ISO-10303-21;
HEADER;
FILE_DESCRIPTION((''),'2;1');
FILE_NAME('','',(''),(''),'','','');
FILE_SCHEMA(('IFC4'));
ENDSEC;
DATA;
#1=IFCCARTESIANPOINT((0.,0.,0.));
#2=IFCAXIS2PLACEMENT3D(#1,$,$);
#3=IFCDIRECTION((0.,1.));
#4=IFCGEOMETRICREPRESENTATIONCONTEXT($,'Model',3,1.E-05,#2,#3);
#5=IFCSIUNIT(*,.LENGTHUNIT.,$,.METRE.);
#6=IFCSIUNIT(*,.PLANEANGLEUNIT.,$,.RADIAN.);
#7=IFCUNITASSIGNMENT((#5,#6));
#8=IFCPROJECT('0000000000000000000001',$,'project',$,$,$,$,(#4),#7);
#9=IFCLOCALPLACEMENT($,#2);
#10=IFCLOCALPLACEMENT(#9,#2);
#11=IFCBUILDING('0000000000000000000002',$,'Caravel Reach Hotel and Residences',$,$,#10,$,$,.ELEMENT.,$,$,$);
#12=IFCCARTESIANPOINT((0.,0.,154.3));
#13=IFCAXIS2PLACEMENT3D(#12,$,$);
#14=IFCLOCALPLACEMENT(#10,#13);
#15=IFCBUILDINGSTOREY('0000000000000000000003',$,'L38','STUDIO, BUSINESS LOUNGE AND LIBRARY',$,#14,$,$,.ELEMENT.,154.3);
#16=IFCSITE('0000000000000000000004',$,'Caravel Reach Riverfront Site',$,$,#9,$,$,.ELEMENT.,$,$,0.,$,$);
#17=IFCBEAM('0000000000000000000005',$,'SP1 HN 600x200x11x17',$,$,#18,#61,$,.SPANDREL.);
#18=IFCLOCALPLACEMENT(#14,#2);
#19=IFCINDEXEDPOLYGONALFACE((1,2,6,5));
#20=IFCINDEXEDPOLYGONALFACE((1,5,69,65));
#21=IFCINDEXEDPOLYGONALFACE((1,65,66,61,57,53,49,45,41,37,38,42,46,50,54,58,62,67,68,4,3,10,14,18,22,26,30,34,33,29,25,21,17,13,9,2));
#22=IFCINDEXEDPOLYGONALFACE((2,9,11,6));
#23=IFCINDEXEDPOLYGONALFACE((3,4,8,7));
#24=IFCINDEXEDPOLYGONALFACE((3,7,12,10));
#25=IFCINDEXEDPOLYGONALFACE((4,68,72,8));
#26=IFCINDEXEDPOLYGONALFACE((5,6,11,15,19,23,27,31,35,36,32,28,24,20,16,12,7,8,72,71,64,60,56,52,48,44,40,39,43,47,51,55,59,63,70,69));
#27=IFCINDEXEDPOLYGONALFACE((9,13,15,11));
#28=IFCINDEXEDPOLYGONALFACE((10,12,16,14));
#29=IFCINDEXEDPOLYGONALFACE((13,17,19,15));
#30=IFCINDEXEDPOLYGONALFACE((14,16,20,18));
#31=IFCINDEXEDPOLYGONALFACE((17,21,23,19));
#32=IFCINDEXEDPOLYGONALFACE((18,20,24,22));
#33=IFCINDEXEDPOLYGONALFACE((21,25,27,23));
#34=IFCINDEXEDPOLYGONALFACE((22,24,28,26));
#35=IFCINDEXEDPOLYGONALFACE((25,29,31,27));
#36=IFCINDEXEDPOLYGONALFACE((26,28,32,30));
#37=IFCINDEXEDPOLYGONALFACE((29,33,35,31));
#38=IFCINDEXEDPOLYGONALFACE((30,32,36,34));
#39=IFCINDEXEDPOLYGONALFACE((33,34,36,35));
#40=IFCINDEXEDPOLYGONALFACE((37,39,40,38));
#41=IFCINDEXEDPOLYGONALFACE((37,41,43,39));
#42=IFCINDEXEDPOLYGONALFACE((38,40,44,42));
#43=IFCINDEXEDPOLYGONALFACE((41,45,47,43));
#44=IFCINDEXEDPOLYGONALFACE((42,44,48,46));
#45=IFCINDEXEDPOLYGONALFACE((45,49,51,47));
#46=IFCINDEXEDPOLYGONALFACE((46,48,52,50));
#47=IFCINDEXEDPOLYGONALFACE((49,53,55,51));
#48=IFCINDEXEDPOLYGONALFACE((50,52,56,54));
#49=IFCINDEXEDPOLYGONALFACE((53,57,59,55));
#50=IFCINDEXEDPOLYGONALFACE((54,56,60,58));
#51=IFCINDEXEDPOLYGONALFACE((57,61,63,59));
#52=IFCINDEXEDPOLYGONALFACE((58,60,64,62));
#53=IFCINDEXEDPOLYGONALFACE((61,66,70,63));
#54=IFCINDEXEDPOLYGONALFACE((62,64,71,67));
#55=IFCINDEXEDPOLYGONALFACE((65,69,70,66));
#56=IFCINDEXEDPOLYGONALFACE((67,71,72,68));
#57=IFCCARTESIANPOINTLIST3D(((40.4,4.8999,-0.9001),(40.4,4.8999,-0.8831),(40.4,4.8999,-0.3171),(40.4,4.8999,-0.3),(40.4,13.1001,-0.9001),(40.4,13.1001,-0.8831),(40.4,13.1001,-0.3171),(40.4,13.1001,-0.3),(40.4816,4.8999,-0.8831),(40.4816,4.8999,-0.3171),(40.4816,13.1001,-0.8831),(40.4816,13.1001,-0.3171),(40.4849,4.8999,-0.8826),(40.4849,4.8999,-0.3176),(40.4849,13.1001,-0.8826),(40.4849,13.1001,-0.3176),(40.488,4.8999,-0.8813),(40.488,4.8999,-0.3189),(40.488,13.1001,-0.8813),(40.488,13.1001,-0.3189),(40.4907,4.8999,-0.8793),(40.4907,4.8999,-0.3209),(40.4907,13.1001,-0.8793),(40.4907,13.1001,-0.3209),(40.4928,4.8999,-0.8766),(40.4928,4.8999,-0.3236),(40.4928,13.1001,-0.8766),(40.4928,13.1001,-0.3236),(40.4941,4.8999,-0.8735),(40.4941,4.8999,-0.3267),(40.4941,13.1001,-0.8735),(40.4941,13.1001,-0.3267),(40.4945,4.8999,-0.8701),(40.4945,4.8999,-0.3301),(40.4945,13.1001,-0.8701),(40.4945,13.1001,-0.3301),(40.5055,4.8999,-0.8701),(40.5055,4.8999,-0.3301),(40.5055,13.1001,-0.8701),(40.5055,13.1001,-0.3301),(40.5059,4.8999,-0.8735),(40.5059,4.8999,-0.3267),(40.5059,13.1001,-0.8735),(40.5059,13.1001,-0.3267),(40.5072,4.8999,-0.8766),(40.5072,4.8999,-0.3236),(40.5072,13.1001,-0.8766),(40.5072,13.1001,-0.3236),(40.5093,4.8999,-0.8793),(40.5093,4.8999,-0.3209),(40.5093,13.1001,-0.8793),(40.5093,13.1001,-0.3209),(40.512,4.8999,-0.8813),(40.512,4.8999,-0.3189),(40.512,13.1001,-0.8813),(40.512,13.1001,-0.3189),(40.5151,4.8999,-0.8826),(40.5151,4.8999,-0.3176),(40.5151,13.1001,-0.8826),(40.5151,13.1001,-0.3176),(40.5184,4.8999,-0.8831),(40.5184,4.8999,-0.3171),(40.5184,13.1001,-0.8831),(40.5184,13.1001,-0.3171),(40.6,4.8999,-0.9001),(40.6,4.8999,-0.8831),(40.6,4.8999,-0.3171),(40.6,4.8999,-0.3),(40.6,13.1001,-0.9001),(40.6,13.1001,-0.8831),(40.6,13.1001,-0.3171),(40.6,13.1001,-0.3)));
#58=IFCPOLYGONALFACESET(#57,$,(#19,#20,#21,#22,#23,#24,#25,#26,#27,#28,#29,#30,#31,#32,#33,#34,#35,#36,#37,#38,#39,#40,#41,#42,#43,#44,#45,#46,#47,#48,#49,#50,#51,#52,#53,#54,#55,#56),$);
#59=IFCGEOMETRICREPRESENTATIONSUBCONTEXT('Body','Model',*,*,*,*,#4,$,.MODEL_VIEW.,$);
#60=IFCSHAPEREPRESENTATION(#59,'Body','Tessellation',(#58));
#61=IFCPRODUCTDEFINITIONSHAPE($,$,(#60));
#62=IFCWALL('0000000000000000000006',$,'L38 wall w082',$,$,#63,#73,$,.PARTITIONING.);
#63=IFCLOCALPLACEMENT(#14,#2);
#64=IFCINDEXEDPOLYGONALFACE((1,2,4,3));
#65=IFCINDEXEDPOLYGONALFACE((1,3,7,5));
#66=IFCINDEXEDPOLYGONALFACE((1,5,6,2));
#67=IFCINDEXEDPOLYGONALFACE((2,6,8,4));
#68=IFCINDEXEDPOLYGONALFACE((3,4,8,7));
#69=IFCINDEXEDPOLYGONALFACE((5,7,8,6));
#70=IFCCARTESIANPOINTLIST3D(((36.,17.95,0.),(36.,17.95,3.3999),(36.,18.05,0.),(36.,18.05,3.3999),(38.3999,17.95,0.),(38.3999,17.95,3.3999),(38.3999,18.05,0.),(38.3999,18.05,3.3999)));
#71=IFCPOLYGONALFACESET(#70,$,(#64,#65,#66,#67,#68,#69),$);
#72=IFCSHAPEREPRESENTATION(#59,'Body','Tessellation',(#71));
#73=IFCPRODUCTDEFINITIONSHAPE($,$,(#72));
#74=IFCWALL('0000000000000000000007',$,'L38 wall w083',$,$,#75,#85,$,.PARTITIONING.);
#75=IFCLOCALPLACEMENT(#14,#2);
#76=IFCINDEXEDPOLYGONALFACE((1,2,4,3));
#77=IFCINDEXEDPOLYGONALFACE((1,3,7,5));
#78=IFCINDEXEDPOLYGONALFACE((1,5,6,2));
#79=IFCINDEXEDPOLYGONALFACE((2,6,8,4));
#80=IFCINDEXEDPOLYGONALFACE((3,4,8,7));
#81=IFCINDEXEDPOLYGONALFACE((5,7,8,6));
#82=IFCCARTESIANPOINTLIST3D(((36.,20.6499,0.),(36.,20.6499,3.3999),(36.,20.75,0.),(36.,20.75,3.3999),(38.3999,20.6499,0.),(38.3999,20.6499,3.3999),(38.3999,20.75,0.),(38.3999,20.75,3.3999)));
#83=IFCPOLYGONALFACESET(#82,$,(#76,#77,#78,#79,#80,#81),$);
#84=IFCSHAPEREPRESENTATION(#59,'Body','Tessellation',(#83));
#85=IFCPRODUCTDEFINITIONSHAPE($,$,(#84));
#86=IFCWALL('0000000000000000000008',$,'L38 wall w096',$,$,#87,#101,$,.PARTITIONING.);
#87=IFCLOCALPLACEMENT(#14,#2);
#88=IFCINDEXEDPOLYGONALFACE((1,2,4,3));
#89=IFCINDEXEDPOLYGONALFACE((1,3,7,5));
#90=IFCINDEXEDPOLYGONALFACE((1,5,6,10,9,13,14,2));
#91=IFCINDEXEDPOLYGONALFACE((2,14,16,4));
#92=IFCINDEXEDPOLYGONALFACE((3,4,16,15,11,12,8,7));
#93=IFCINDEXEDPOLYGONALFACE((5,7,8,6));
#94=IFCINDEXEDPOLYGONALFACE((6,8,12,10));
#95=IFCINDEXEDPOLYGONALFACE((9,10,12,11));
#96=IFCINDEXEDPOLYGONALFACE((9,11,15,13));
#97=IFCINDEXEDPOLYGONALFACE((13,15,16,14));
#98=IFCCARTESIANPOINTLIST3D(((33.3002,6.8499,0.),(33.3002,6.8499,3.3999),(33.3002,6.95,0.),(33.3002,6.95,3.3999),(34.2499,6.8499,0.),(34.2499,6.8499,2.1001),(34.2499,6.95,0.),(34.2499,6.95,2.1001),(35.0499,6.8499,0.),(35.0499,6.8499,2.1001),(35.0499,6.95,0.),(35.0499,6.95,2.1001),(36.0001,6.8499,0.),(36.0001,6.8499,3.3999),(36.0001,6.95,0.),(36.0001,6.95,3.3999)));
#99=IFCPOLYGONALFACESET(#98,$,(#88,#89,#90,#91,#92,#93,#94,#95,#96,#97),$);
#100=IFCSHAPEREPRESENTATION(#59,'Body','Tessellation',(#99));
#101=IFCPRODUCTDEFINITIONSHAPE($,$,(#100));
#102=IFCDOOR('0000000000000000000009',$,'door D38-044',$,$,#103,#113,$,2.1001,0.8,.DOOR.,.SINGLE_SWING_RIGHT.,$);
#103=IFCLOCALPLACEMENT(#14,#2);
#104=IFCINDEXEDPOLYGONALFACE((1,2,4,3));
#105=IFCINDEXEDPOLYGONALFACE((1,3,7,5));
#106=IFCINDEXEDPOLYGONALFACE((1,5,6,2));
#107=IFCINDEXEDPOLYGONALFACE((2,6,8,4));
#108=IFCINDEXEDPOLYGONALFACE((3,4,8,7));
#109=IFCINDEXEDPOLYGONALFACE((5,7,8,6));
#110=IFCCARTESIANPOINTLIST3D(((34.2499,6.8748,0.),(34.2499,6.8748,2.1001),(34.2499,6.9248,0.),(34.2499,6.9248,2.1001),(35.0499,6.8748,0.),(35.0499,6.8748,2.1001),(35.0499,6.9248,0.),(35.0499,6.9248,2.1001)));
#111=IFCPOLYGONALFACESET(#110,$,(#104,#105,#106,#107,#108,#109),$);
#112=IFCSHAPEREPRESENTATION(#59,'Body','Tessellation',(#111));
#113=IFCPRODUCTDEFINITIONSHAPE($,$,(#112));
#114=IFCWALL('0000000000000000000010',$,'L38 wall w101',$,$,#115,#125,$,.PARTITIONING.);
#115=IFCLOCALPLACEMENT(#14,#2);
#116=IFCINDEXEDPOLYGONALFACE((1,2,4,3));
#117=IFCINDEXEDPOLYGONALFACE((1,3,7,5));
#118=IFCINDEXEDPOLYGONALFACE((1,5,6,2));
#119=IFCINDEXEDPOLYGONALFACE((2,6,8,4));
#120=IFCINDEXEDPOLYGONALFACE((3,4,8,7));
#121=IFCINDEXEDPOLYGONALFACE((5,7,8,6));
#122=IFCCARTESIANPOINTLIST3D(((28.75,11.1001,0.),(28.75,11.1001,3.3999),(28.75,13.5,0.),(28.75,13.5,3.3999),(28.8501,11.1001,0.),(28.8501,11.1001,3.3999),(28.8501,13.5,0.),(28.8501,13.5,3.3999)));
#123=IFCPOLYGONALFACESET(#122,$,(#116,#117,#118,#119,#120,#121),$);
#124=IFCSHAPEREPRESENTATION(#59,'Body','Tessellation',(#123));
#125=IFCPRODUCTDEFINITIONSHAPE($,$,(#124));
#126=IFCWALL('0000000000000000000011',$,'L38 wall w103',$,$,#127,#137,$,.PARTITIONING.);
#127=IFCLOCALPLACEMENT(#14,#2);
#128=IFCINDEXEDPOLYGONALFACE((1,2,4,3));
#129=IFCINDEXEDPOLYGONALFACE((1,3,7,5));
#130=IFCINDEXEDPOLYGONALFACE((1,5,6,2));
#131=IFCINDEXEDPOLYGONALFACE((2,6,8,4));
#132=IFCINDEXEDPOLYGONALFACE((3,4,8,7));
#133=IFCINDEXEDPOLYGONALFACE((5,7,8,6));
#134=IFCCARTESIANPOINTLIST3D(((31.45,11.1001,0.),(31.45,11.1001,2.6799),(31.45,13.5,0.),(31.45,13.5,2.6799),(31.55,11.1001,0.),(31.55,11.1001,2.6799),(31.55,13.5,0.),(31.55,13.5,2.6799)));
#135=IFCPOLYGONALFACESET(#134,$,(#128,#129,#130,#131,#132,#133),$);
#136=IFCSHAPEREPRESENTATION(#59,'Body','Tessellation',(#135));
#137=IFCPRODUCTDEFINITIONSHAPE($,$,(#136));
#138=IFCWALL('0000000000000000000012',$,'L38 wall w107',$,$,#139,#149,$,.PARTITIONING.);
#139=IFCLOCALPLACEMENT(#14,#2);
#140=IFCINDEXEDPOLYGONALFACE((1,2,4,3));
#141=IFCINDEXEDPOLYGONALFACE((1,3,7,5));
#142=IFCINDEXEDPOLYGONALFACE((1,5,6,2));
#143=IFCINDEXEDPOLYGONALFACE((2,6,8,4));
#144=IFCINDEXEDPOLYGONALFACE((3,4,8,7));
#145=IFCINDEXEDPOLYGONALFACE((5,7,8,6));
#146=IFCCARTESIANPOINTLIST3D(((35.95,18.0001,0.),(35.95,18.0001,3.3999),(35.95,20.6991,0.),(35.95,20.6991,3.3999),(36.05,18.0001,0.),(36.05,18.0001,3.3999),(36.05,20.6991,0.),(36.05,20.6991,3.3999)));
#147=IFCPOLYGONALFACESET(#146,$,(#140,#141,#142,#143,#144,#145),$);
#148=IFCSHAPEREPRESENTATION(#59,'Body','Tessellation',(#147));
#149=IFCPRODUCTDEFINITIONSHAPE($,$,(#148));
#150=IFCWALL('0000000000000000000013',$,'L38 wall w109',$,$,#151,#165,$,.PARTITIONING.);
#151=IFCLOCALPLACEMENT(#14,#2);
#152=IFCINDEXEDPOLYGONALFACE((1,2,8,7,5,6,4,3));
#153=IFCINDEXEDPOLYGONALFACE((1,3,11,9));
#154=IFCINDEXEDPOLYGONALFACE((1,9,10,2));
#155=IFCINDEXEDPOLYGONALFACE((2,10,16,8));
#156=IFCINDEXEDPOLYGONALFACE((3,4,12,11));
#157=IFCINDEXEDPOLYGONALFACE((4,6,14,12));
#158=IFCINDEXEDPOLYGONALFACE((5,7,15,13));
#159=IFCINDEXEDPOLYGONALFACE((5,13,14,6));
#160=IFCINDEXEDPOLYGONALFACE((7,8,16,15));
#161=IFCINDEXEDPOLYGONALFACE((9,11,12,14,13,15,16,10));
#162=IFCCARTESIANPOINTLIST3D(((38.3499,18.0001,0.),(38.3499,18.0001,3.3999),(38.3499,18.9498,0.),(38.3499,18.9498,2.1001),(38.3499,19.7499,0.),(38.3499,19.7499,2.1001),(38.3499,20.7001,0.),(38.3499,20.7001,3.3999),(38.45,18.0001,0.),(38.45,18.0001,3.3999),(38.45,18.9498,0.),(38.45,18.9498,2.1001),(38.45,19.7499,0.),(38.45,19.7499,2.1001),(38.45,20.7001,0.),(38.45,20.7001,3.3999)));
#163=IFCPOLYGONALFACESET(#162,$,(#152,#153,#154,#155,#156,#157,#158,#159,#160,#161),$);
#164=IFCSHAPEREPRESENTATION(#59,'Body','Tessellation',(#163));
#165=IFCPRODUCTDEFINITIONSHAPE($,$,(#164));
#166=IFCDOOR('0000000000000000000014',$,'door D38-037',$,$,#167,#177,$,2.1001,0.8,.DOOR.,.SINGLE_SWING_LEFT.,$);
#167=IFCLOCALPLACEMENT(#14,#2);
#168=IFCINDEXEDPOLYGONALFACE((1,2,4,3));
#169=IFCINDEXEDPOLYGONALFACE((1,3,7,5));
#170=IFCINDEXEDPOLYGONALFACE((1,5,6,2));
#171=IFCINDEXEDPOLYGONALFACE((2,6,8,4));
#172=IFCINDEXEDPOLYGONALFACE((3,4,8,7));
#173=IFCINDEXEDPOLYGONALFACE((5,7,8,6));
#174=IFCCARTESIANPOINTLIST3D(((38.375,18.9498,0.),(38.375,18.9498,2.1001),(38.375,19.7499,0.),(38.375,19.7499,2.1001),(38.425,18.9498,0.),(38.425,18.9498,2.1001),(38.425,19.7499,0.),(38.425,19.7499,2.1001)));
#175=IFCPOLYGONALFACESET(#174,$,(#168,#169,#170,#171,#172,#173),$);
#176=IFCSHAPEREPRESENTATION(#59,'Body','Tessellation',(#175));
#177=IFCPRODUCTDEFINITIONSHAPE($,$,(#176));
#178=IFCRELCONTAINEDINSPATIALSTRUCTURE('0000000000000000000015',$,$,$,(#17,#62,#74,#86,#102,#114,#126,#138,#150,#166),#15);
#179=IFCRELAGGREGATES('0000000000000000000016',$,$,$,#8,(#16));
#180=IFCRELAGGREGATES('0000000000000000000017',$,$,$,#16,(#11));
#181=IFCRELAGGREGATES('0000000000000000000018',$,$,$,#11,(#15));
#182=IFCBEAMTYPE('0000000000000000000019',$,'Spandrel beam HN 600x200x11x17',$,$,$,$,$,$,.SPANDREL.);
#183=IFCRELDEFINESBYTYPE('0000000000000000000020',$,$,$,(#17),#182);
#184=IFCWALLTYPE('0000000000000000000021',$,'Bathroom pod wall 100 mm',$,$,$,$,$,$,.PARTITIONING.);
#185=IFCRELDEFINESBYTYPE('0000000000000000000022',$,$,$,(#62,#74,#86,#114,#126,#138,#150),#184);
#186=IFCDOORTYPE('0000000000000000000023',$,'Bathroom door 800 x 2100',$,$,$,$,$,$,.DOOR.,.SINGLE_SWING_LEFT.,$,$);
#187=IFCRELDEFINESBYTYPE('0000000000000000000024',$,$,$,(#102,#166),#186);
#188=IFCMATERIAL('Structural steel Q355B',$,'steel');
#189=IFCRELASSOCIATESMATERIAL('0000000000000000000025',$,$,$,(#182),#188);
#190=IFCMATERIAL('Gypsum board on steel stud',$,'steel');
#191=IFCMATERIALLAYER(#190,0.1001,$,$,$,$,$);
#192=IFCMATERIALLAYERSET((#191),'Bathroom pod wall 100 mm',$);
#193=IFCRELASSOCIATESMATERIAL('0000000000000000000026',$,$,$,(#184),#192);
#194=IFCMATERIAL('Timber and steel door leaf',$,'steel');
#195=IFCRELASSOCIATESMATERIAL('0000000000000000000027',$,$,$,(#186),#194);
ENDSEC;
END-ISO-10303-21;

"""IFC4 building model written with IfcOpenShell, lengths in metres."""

from ifc_helpers import new_model, si_unit, direction, frame, frame_2d, origin, origin_2d, place, context, subcontext, project, spatial, rectangle, i_section, extrude, material, layer, layer_set, material_profile, profile_set, type_object, element, fill, save


model = new_model("IFC4")

# Units and contexts
model_context = context("Model", 3, precision=1e-05, world=origin(), true_north=direction((0.0, 1.0)))
body_context = subcontext(model_context, "Body", "Model", "MODEL_VIEW")
ifc_project = project(units=[si_unit("LENGTHUNIT", "METRE"), si_unit("PLANEANGLEUNIT", "RADIAN")], contexts=[model_context])

# Site, building, storey
site_placement = place(None, origin())
site = spatial("IfcSite", under=ifc_project, at=site_placement, Name="Caravel Reach Riverfront Site", CompositionType="ELEMENT", RefElevation=0.0)
building_placement = place(site_placement, origin())
building = spatial("IfcBuilding", under=site, at=building_placement, Name="Caravel Reach Hotel and Residences", CompositionType="ELEMENT")
storey_placement = place(building_placement, frame((0.0, 0.0, 154.3)))
storey = spatial("IfcBuildingStorey", under=building, at=storey_placement, Name="L38", Description="STUDIO, BUSINESS LOUNGE AND LIBRARY", CompositionType="ELEMENT", Elevation=154.3)

# Beam
ifc_material_1 = material(Name="Structural steel Q355B", Category="steel")
ifc_material_profile_1 = material_profile(ifc_material_1, i_section(OverallWidth=0.2, OverallDepth=0.6001, WebThickness=0.011, FlangeThickness=0.0171, FilletRadius=0.0129, at=origin_2d()), Name="HN 600x200x11x17")
ifc_profile_set_1 = profile_set([ifc_material_profile_1], Name="Structural steel Q355B")
beam_type_1 = type_object("IfcBeamType", Name="Spandrel beam HN 600x200x11x17", PredefinedType="SPANDREL", material=ifc_profile_set_1)
beam_1_placement = place(storey_placement, frame((40.5, 4.8999, -0.6001), z_axis=(0.0, 1.0, 0.0), x_axis=(-1.0, 0.0, 0.0)))
element("IfcBeam", 1, at=beam_1_placement, inside=storey, type_object=beam_type_1, Name="SP1 HN 600x200x11x17", PredefinedType="SPANDREL", context=body_context, shape_type="SweptSolid", body=[
    extrude(i_section(OverallWidth=0.2, OverallDepth=0.6001, WebThickness=0.011, FlangeThickness=0.0171, FilletRadius=0.0129, at=origin_2d()), origin(), (0.0, 0.0, 1.0), 8.2002),
])

# Walls
ifc_material_2 = material(Name="Gypsum board on steel stud", Category="steel")
ifc_layer_1 = layer(ifc_material_2, 0.1001)
ifc_layer_set_1 = layer_set([ifc_layer_1], Name="Bathroom pod wall 100 mm")
wall_type_1 = type_object("IfcWallType", Name="Bathroom pod wall 100 mm", PredefinedType="PARTITIONING", material=ifc_layer_set_1)
for number, where, z_axis, x_axis, name in (
    (2, (36.0, 18.0, 0.0), (0.0, 0.0, 1.0), (1.0, 0.0, 0.0), "L38 wall w082"),
    (3, (36.0, 20.7, 0.0), (0.0, 0.0, 1.0), (1.0, 0.0, 0.0), "L38 wall w083"),
):
    element("IfcWall", number, at=place(storey_placement, frame(where, z_axis=z_axis, x_axis=x_axis)), inside=storey, type_object=wall_type_1, Name=name, PredefinedType="PARTITIONING", context=body_context, shape_type="SweptSolid", body=[
        extrude(rectangle(XDim=2.3999, YDim=0.1001, at=frame_2d((1.2, 0.0))), origin(), (0.0, 0.0, 1.0), 3.3999),
    ])

# Wall, opening, door
wall_1_placement = place(storey_placement, frame((33.3, 6.8999, 0.0), z_axis=(0.0, 0.0, 1.0), x_axis=(1.0, 0.0, 0.0)))
wall_1 = element("IfcWall", 4, at=wall_1_placement, inside=storey, type_object=wall_type_1, Name="L38 wall w096", PredefinedType="PARTITIONING", context=body_context, shape_type="SweptSolid", body=[
    extrude(rectangle(XDim=2.7, YDim=0.1001, at=frame_2d((1.3501, 0.0))), origin(), (0.0, 0.0, 1.0), 3.3999),
])
opening_1_placement = place(wall_1_placement, frame((0.95, 0.0, 0.0)))
opening_1 = element("IfcOpeningElement", 5, at=opening_1_placement, cuts=wall_1, PredefinedType="OPENING", context=body_context, shape_type="SweptSolid", body=[
    extrude(rectangle(XDim=0.8, YDim=2.1001, at=frame_2d((0.3999, 1.05))), frame((0.0, 0.0601, 0.0), z_axis=(0.0, -1.0, 0.0), x_axis=(1.0, 0.0, 0.0)), (0.0, 0.0, 1.0), 0.1201),
])
ifc_material_3 = material(Name="Timber and steel door leaf", Category="steel")
door_type_1 = type_object("IfcDoorType", Name="Bathroom door 800 x 2100", OperationType="SINGLE_SWING_LEFT", PredefinedType="DOOR", material=ifc_material_3)
door_1_placement = place(opening_1_placement, origin())
door_1 = element("IfcDoor", 6, at=door_1_placement, inside=storey, type_object=door_type_1, Name="door D38-044", OperationType="SINGLE_SWING_RIGHT", OverallHeight=2.1001, OverallWidth=0.8, PredefinedType="DOOR", context=body_context, shape_type="SweptSolid", body=[
    extrude(rectangle(XDim=0.8, YDim=2.1001, at=frame_2d((0.3999, 1.05))), frame((0.0, 0.0249, 0.0), z_axis=(0.0, -1.0, 0.0), x_axis=(1.0, 0.0, 0.0)), (0.0, 0.0, 1.0), 0.05),
])
fill(opening_1, door_1)

# Walls
wall_2_placement = place(storey_placement, frame((28.8, 11.1001, 0.0), z_axis=(0.0, 0.0, 1.0), x_axis=(0.0, 1.0, 0.0)))
element("IfcWall", 7, at=wall_2_placement, inside=storey, type_object=wall_type_1, Name="L38 wall w101", PredefinedType="PARTITIONING", context=body_context, shape_type="SweptSolid", body=[
    extrude(rectangle(XDim=2.3999, YDim=0.1001, at=frame_2d((1.2, 0.0))), origin(), (0.0, 0.0, 1.0), 3.3999),
])
wall_3_placement = place(storey_placement, frame((31.5, 11.1001, 0.0), z_axis=(0.0, 0.0, 1.0), x_axis=(0.0, 1.0, 0.0)))
element("IfcWall", 8, at=wall_3_placement, inside=storey, type_object=wall_type_1, Name="L38 wall w103", PredefinedType="PARTITIONING", context=body_context, shape_type="SweptSolid", body=[
    extrude(rectangle(XDim=2.3999, YDim=0.1001, at=frame_2d((1.2, 0.0))), origin(), (0.0, 0.0, 1.0), 2.6799),
])
wall_4_placement = place(storey_placement, frame((36.0, 18.0, 0.0), z_axis=(0.0, 0.0, 1.0), x_axis=(0.0, 1.0, 0.0)))
element("IfcWall", 9, at=wall_4_placement, inside=storey, type_object=wall_type_1, Name="L38 wall w107", PredefinedType="PARTITIONING", context=body_context, shape_type="SweptSolid", body=[
    extrude(rectangle(XDim=2.699, YDim=0.1001, at=frame_2d((1.3496, 0.0))), origin(), (0.0, 0.0, 1.0), 3.3999),
])

# Wall, opening, door
wall_5_placement = place(storey_placement, frame((38.3999, 18.0, 0.0), z_axis=(0.0, 0.0, 1.0), x_axis=(0.0, 1.0, 0.0)))
wall_5 = element("IfcWall", 10, at=wall_5_placement, inside=storey, type_object=wall_type_1, Name="L38 wall w109", PredefinedType="PARTITIONING", context=body_context, shape_type="SweptSolid", body=[
    extrude(rectangle(XDim=2.7, YDim=0.1001, at=frame_2d((1.3501, 0.0))), origin(), (0.0, 0.0, 1.0), 3.3999),
])
opening_2_placement = place(wall_5_placement, frame((0.95, 0.0, 0.0)))
opening_2 = element("IfcOpeningElement", 11, at=opening_2_placement, cuts=wall_5, PredefinedType="OPENING", context=body_context, shape_type="SweptSolid", body=[
    extrude(rectangle(XDim=0.8, YDim=2.1001, at=frame_2d((0.3999, 1.05))), frame((0.0, 0.0601, 0.0), z_axis=(0.0, -1.0, 0.0), x_axis=(1.0, 0.0, 0.0)), (0.0, 0.0, 1.0), 0.1201),
])
door_2_placement = place(opening_2_placement, origin())
door_2 = element("IfcDoor", 12, at=door_2_placement, inside=storey, type_object=door_type_1, Name="door D38-037", OperationType="SINGLE_SWING_LEFT", OverallHeight=2.1001, OverallWidth=0.8, PredefinedType="DOOR", context=body_context, shape_type="SweptSolid", body=[
    extrude(rectangle(XDim=0.8, YDim=2.1001, at=frame_2d((0.3999, 1.05))), frame((0.0, 0.0249, 0.0), z_axis=(0.0, -1.0, 0.0), x_axis=(1.0, 0.0, 0.0)), (0.0, 0.0, 1.0), 0.05),
])
fill(opening_2, door_2)

save(model, "model.ifc")
